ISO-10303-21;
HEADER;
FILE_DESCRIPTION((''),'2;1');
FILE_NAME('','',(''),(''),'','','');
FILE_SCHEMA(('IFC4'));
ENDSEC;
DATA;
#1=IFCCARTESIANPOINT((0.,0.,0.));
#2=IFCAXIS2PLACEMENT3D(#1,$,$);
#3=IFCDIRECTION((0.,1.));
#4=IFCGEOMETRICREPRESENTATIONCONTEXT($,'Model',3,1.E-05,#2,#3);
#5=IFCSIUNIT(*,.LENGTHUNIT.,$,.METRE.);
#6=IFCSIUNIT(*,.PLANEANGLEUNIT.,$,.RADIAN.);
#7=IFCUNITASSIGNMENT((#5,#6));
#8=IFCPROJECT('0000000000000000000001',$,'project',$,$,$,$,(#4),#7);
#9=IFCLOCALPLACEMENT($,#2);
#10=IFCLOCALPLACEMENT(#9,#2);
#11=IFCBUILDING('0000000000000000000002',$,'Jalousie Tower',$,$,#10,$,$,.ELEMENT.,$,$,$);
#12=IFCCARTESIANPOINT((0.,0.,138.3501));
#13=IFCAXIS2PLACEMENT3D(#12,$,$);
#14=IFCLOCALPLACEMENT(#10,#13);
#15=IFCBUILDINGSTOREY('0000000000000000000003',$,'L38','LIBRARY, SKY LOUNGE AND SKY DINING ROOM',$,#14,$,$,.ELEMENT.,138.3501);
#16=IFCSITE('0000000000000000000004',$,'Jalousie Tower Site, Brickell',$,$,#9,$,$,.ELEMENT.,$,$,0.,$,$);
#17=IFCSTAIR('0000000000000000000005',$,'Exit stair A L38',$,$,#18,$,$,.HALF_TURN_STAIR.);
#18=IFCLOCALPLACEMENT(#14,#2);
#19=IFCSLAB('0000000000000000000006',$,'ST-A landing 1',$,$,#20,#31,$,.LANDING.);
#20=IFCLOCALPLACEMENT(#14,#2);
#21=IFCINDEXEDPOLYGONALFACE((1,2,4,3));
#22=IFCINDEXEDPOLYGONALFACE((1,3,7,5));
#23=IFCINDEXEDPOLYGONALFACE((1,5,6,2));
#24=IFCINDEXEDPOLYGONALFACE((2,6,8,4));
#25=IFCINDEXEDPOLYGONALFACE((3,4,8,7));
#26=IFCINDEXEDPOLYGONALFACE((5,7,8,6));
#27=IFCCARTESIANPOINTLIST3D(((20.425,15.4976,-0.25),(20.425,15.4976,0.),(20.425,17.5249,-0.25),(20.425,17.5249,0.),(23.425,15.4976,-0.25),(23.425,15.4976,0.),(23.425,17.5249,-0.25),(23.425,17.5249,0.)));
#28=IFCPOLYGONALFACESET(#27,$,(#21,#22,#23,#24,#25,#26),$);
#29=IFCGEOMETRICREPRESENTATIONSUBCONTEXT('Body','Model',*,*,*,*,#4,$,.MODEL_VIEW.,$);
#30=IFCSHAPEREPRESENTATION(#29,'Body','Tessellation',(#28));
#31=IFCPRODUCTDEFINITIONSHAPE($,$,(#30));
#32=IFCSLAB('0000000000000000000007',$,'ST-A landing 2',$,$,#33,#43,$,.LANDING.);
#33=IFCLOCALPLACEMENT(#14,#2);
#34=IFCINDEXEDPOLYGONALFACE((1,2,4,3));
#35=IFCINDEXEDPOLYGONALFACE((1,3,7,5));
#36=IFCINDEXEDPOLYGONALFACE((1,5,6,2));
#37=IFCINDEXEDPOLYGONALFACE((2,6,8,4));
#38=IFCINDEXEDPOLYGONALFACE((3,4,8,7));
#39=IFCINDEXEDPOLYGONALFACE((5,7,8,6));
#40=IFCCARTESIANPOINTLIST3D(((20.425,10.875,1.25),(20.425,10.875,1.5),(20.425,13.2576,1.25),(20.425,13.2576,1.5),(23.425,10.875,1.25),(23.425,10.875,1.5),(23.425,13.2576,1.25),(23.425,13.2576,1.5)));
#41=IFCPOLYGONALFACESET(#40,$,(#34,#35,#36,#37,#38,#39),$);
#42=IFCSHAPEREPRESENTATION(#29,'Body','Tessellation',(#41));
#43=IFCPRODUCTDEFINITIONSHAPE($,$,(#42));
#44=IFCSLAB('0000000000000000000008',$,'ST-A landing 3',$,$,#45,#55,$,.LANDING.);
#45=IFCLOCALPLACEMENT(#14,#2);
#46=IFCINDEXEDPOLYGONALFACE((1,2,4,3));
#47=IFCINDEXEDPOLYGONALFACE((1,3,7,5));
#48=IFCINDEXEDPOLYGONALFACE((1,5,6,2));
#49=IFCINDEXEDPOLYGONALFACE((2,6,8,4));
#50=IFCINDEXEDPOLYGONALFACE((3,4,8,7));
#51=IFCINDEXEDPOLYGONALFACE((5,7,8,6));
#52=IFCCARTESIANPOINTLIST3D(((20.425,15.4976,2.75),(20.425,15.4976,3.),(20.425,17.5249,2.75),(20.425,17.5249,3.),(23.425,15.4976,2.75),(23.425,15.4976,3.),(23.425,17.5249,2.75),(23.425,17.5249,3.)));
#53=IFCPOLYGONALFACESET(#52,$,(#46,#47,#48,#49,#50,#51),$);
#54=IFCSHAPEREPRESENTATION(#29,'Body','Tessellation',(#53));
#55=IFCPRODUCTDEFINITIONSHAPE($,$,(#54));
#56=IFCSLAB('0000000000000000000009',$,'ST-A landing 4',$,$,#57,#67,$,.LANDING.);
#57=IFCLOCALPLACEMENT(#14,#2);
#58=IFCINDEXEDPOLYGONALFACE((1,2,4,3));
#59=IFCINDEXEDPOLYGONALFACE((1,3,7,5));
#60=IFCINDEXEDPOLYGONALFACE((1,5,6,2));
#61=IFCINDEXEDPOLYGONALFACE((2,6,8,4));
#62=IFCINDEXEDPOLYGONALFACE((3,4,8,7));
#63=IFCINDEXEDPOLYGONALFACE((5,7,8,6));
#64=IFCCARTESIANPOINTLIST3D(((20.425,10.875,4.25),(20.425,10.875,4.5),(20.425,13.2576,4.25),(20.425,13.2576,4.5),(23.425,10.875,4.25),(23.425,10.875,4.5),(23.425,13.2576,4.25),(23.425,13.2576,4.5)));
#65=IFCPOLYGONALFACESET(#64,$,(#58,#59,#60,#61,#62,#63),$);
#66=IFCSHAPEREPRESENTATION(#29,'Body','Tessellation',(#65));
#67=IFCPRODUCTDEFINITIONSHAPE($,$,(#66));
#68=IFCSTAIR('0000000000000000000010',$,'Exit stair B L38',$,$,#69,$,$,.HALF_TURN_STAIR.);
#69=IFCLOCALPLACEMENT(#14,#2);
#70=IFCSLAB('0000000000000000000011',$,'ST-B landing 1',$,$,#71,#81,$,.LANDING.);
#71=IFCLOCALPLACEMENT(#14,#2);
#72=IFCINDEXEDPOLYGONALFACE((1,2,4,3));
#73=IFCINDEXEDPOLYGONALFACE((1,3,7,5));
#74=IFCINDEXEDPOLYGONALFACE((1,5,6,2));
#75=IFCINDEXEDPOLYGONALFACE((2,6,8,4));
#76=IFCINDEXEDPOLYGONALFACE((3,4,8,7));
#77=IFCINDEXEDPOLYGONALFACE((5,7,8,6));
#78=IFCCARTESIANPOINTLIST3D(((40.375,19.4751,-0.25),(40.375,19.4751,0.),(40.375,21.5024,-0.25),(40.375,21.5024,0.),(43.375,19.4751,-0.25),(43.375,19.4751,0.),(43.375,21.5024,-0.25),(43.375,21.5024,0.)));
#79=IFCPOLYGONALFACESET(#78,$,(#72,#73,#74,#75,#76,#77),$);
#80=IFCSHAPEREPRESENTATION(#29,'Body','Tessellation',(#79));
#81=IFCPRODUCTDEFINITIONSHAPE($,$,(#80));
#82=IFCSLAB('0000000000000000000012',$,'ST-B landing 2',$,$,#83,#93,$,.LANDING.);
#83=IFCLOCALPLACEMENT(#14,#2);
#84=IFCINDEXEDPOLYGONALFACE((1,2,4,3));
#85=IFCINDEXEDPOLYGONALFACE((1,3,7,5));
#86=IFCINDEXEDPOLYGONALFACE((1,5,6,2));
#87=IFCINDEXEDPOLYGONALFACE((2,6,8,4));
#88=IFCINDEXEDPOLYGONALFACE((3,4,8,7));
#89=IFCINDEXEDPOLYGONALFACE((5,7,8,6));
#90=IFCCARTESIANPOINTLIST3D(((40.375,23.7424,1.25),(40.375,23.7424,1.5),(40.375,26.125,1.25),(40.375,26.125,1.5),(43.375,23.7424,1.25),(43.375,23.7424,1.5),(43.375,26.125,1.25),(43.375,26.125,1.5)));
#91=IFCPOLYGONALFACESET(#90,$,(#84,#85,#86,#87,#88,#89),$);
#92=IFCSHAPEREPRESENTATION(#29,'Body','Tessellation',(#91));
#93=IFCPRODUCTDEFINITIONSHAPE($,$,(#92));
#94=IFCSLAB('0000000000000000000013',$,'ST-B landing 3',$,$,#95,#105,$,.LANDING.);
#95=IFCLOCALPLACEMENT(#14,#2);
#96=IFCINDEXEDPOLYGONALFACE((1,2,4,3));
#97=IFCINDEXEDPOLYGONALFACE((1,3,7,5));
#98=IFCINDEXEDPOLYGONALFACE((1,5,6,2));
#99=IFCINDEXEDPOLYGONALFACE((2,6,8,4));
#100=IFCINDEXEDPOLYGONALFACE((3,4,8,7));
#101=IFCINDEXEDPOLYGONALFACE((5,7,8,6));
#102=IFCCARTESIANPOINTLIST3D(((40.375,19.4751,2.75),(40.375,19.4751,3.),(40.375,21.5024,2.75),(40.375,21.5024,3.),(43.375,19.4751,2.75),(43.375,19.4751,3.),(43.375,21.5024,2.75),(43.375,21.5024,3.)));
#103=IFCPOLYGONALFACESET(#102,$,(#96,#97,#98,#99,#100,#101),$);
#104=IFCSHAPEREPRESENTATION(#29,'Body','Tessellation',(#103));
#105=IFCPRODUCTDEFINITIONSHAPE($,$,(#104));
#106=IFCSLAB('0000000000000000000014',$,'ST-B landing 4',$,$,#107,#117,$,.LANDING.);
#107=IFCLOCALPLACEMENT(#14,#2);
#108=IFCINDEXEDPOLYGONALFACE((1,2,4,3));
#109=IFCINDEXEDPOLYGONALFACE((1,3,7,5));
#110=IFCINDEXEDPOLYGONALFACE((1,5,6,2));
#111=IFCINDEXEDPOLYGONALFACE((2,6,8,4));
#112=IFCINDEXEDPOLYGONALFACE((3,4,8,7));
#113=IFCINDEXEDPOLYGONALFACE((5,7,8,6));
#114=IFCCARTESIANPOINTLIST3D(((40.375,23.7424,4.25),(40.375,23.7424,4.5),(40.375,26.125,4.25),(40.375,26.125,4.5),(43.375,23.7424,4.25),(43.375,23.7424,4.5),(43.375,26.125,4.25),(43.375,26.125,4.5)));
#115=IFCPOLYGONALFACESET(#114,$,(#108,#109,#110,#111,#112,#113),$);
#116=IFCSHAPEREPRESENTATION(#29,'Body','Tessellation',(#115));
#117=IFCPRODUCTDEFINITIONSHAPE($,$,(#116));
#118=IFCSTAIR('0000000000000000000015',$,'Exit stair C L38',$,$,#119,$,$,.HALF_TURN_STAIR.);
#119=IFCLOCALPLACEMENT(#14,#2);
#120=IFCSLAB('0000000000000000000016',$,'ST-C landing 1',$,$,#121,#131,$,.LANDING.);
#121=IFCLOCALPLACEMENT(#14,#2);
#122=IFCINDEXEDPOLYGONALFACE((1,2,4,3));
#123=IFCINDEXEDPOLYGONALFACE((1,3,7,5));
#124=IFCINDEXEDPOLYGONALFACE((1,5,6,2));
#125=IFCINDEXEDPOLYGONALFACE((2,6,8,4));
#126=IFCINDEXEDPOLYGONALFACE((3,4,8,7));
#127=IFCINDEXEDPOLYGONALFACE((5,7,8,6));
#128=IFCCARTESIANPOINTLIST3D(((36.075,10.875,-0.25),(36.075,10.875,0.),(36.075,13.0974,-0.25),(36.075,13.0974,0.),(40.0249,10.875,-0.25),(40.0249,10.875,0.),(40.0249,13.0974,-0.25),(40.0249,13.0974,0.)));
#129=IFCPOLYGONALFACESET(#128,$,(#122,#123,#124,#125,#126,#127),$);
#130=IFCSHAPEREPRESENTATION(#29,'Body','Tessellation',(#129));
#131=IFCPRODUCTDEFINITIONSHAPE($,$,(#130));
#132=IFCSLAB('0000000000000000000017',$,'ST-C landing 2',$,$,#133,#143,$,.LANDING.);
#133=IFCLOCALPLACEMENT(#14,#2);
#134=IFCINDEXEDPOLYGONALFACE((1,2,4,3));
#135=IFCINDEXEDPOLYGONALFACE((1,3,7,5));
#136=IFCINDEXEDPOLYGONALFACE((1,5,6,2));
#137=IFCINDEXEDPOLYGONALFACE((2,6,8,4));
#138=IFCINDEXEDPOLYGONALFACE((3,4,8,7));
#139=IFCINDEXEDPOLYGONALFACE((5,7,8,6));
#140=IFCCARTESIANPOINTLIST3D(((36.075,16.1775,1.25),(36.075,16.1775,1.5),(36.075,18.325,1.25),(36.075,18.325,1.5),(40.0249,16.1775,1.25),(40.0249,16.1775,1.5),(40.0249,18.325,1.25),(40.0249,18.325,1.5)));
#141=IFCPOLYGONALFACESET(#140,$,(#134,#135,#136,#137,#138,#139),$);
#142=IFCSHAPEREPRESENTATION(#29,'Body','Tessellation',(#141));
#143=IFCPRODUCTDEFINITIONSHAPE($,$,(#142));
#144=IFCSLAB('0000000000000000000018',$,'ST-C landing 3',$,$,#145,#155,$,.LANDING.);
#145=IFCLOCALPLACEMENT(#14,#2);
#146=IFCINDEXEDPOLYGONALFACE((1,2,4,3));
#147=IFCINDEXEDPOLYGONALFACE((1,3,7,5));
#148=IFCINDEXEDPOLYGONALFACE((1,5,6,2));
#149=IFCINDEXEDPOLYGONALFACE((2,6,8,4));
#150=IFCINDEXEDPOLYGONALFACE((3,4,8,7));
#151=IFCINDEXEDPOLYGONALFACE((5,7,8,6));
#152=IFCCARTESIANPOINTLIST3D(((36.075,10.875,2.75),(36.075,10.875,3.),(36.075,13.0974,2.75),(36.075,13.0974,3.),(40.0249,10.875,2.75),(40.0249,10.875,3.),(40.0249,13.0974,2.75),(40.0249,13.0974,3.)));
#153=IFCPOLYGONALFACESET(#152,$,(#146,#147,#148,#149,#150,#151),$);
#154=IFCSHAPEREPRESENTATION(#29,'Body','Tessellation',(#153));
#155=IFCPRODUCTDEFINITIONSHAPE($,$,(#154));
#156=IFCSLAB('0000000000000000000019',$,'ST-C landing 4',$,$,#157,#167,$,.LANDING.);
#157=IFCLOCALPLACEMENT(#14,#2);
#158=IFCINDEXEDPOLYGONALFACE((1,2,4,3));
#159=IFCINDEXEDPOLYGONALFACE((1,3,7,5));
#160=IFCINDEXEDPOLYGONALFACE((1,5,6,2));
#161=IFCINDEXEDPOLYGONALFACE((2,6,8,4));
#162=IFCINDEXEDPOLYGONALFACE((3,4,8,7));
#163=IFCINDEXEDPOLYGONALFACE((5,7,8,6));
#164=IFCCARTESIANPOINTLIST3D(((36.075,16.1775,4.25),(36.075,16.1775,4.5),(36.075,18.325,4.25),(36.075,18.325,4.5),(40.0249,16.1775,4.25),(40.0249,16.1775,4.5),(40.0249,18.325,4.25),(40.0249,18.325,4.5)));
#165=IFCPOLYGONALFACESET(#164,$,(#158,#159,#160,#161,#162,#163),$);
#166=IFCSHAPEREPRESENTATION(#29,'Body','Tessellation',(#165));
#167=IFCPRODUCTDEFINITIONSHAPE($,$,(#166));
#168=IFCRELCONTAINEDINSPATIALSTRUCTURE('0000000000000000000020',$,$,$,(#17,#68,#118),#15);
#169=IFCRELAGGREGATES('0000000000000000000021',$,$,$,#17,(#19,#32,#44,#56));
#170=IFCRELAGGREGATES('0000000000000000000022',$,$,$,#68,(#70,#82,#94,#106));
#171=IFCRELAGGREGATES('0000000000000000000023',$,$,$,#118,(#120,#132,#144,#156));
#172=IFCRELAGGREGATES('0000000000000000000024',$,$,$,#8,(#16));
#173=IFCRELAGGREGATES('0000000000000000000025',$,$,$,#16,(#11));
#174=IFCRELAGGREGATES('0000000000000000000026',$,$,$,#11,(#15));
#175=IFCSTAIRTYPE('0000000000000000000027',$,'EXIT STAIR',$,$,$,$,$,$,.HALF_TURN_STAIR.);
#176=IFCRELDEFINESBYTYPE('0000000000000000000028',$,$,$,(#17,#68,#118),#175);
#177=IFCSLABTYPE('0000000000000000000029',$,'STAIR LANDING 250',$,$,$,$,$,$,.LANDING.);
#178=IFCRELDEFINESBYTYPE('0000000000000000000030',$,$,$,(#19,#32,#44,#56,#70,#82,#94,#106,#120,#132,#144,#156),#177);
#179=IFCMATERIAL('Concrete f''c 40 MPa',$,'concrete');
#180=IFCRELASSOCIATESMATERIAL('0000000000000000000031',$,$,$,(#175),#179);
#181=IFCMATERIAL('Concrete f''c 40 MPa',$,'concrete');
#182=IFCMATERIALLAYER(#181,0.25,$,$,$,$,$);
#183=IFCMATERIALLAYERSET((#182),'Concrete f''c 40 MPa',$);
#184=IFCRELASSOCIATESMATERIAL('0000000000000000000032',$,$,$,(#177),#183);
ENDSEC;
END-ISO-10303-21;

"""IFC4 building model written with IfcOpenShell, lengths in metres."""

from ifc_helpers import new_model, si_unit, direction, frame, origin, place, context, subcontext, project, spatial, polyline, outline, extrude, material, layer, layer_set, type_object, element, aggregate, save


model = new_model("IFC4")

# Units and contexts
model_context = context("Model", 3, precision=1e-05, world=origin(), true_north=direction((0.0, 1.0)))
body_context = subcontext(model_context, "Body", "Model", "MODEL_VIEW")
ifc_project = project(units=[si_unit("LENGTHUNIT", "METRE"), si_unit("PLANEANGLEUNIT", "RADIAN")], contexts=[model_context])

# Site, building, storey
site_placement = place(None, origin())
site = spatial("IfcSite", under=ifc_project, at=site_placement, Name="Jalousie Tower Site, Brickell", CompositionType="ELEMENT", RefElevation=0.0)
building_placement = place(site_placement, origin())
building = spatial("IfcBuilding", under=site, at=building_placement, Name="Jalousie Tower", CompositionType="ELEMENT")
storey_placement = place(building_placement, frame((0.0, 0.0, 138.3501)))
storey = spatial("IfcBuildingStorey", under=building, at=storey_placement, Name="L38", Description="LIBRARY, SKY LOUNGE AND SKY DINING ROOM", CompositionType="ELEMENT", Elevation=138.3501)

# Stairs, slabs
ifc_material_1 = material(Name="Concrete f'c 40 MPa", Category="concrete")
stair_type = type_object("IfcStairType", Name="EXIT STAIR", PredefinedType="HALF_TURN_STAIR", material=ifc_material_1)
stair_1_placement = place(storey_placement, origin())
stair_1 = element("IfcStair", 1, at=stair_1_placement, inside=storey, type_object=stair_type, Name="Exit stair A L38", PredefinedType="HALF_TURN_STAIR")
ifc_material_2 = material(Name="Concrete f'c 40 MPa", Category="concrete")
ifc_layer_1 = layer(ifc_material_2, 0.25)
ifc_layer_set_1 = layer_set([ifc_layer_1], Name="Concrete f'c 40 MPa")
slab_type_1 = type_object("IfcSlabType", Name="STAIR LANDING 250", PredefinedType="LANDING", material=ifc_layer_set_1)
slab_1_placement = place(storey_placement, frame((0.0, 0.0, -0.25)))
slab_1 = element("IfcSlab", 2, at=slab_1_placement, type_object=slab_type_1, Name="ST-A landing 1", PredefinedType="LANDING", context=body_context, shape_type="SweptSolid", body=[
    extrude(outline(polyline([(20.425, 15.4976), (23.425, 15.4976), (23.425, 17.5249), (20.425, 17.5249), (20.425, 15.4976)])), origin(), (0.0, 0.0, 1.0), 0.25),
])
slab_2_placement = place(storey_placement, frame((0.0, 0.0, 1.25)))
slab_2 = element("IfcSlab", 3, at=slab_2_placement, type_object=slab_type_1, Name="ST-A landing 2", PredefinedType="LANDING", context=body_context, shape_type="SweptSolid", body=[
    extrude(outline(polyline([(20.425, 10.875), (23.425, 10.875), (23.425, 13.2576), (20.425, 13.2576), (20.425, 10.875)])), origin(), (0.0, 0.0, 1.0), 0.25),
])
slab_3_placement = place(storey_placement, frame((0.0, 0.0, 2.75)))
slab_3 = element("IfcSlab", 4, at=slab_3_placement, type_object=slab_type_1, Name="ST-A landing 3", PredefinedType="LANDING", context=body_context, shape_type="SweptSolid", body=[
    extrude(outline(polyline([(20.425, 15.4976), (23.425, 15.4976), (23.425, 17.5249), (20.425, 17.5249), (20.425, 15.4976)])), origin(), (0.0, 0.0, 1.0), 0.25),
])
slab_4_placement = place(storey_placement, frame((0.0, 0.0, 4.25)))
slab_4 = element("IfcSlab", 5, at=slab_4_placement, type_object=slab_type_1, Name="ST-A landing 4", PredefinedType="LANDING", context=body_context, shape_type="SweptSolid", body=[
    extrude(outline(polyline([(20.425, 10.875), (23.425, 10.875), (23.425, 13.2576), (20.425, 13.2576), (20.425, 10.875)])), origin(), (0.0, 0.0, 1.0), 0.25),
])
aggregate(stair_1, [slab_1, slab_2, slab_3, slab_4])
stair_2_placement = place(storey_placement, origin())
stair_2 = element("IfcStair", 6, at=stair_2_placement, inside=storey, type_object=stair_type, Name="Exit stair B L38", PredefinedType="HALF_TURN_STAIR")
slab_5_placement = place(storey_placement, frame((0.0, 0.0, -0.25)))
slab_5 = element("IfcSlab", 7, at=slab_5_placement, type_object=slab_type_1, Name="ST-B landing 1", PredefinedType="LANDING", context=body_context, shape_type="SweptSolid", body=[
    extrude(outline(polyline([(40.375, 19.4751), (43.375, 19.4751), (43.375, 21.5024), (40.375, 21.5024), (40.375, 19.4751)])), origin(), (0.0, 0.0, 1.0), 0.25),
])
slab_6_placement = place(storey_placement, frame((0.0, 0.0, 1.25)))
slab_6 = element("IfcSlab", 8, at=slab_6_placement, type_object=slab_type_1, Name="ST-B landing 2", PredefinedType="LANDING", context=body_context, shape_type="SweptSolid", body=[
    extrude(outline(polyline([(40.375, 23.7424), (43.375, 23.7424), (43.375, 26.125), (40.375, 26.125), (40.375, 23.7424)])), origin(), (0.0, 0.0, 1.0), 0.25),
])
slab_7_placement = place(storey_placement, frame((0.0, 0.0, 2.75)))
slab_7 = element("IfcSlab", 9, at=slab_7_placement, type_object=slab_type_1, Name="ST-B landing 3", PredefinedType="LANDING", context=body_context, shape_type="SweptSolid", body=[
    extrude(outline(polyline([(40.375, 19.4751), (43.375, 19.4751), (43.375, 21.5024), (40.375, 21.5024), (40.375, 19.4751)])), origin(), (0.0, 0.0, 1.0), 0.25),
])
slab_8_placement = place(storey_placement, frame((0.0, 0.0, 4.25)))
slab_8 = element("IfcSlab", 10, at=slab_8_placement, type_object=slab_type_1, Name="ST-B landing 4", PredefinedType="LANDING", context=body_context, shape_type="SweptSolid", body=[
    extrude(outline(polyline([(40.375, 23.7424), (43.375, 23.7424), (43.375, 26.125), (40.375, 26.125), (40.375, 23.7424)])), origin(), (0.0, 0.0, 1.0), 0.25),
])
aggregate(stair_2, [slab_5, slab_6, slab_7, slab_8])
stair_3_placement = place(storey_placement, origin())
stair_3 = element("IfcStair", 11, at=stair_3_placement, inside=storey, type_object=stair_type, Name="Exit stair C L38", PredefinedType="HALF_TURN_STAIR")
slab_9_placement = place(storey_placement, frame((0.0, 0.0, -0.25)))
slab_9 = element("IfcSlab", 12, at=slab_9_placement, type_object=slab_type_1, Name="ST-C landing 1", PredefinedType="LANDING", context=body_context, shape_type="SweptSolid", body=[
    extrude(outline(polyline([(36.075, 10.875), (40.0249, 10.875), (40.0249, 13.0974), (36.075, 13.0974), (36.075, 10.875)])), origin(), (0.0, 0.0, 1.0), 0.25),
])
slab_10_placement = place(storey_placement, frame((0.0, 0.0, 1.25)))
slab_10 = element("IfcSlab", 13, at=slab_10_placement, type_object=slab_type_1, Name="ST-C landing 2", PredefinedType="LANDING", context=body_context, shape_type="SweptSolid", body=[
    extrude(outline(polyline([(36.075, 16.1775), (40.0249, 16.1775), (40.0249, 18.325), (36.075, 18.325), (36.075, 16.1775)])), origin(), (0.0, 0.0, 1.0), 0.25),
])
slab_11_placement = place(storey_placement, frame((0.0, 0.0, 2.75)))
slab_11 = element("IfcSlab", 14, at=slab_11_placement, type_object=slab_type_1, Name="ST-C landing 3", PredefinedType="LANDING", context=body_context, shape_type="SweptSolid", body=[
    extrude(outline(polyline([(36.075, 10.875), (40.0249, 10.875), (40.0249, 13.0974), (36.075, 13.0974), (36.075, 10.875)])), origin(), (0.0, 0.0, 1.0), 0.25),
])
slab_12_placement = place(storey_placement, frame((0.0, 0.0, 4.25)))
slab_12 = element("IfcSlab", 15, at=slab_12_placement, type_object=slab_type_1, Name="ST-C landing 4", PredefinedType="LANDING", context=body_context, shape_type="SweptSolid", body=[
    extrude(outline(polyline([(36.075, 16.1775), (40.0249, 16.1775), (40.0249, 18.325), (36.075, 18.325), (36.075, 16.1775)])), origin(), (0.0, 0.0, 1.0), 0.25),
])
aggregate(stair_3, [slab_9, slab_10, slab_11, slab_12])

save(model, "model.ifc")
